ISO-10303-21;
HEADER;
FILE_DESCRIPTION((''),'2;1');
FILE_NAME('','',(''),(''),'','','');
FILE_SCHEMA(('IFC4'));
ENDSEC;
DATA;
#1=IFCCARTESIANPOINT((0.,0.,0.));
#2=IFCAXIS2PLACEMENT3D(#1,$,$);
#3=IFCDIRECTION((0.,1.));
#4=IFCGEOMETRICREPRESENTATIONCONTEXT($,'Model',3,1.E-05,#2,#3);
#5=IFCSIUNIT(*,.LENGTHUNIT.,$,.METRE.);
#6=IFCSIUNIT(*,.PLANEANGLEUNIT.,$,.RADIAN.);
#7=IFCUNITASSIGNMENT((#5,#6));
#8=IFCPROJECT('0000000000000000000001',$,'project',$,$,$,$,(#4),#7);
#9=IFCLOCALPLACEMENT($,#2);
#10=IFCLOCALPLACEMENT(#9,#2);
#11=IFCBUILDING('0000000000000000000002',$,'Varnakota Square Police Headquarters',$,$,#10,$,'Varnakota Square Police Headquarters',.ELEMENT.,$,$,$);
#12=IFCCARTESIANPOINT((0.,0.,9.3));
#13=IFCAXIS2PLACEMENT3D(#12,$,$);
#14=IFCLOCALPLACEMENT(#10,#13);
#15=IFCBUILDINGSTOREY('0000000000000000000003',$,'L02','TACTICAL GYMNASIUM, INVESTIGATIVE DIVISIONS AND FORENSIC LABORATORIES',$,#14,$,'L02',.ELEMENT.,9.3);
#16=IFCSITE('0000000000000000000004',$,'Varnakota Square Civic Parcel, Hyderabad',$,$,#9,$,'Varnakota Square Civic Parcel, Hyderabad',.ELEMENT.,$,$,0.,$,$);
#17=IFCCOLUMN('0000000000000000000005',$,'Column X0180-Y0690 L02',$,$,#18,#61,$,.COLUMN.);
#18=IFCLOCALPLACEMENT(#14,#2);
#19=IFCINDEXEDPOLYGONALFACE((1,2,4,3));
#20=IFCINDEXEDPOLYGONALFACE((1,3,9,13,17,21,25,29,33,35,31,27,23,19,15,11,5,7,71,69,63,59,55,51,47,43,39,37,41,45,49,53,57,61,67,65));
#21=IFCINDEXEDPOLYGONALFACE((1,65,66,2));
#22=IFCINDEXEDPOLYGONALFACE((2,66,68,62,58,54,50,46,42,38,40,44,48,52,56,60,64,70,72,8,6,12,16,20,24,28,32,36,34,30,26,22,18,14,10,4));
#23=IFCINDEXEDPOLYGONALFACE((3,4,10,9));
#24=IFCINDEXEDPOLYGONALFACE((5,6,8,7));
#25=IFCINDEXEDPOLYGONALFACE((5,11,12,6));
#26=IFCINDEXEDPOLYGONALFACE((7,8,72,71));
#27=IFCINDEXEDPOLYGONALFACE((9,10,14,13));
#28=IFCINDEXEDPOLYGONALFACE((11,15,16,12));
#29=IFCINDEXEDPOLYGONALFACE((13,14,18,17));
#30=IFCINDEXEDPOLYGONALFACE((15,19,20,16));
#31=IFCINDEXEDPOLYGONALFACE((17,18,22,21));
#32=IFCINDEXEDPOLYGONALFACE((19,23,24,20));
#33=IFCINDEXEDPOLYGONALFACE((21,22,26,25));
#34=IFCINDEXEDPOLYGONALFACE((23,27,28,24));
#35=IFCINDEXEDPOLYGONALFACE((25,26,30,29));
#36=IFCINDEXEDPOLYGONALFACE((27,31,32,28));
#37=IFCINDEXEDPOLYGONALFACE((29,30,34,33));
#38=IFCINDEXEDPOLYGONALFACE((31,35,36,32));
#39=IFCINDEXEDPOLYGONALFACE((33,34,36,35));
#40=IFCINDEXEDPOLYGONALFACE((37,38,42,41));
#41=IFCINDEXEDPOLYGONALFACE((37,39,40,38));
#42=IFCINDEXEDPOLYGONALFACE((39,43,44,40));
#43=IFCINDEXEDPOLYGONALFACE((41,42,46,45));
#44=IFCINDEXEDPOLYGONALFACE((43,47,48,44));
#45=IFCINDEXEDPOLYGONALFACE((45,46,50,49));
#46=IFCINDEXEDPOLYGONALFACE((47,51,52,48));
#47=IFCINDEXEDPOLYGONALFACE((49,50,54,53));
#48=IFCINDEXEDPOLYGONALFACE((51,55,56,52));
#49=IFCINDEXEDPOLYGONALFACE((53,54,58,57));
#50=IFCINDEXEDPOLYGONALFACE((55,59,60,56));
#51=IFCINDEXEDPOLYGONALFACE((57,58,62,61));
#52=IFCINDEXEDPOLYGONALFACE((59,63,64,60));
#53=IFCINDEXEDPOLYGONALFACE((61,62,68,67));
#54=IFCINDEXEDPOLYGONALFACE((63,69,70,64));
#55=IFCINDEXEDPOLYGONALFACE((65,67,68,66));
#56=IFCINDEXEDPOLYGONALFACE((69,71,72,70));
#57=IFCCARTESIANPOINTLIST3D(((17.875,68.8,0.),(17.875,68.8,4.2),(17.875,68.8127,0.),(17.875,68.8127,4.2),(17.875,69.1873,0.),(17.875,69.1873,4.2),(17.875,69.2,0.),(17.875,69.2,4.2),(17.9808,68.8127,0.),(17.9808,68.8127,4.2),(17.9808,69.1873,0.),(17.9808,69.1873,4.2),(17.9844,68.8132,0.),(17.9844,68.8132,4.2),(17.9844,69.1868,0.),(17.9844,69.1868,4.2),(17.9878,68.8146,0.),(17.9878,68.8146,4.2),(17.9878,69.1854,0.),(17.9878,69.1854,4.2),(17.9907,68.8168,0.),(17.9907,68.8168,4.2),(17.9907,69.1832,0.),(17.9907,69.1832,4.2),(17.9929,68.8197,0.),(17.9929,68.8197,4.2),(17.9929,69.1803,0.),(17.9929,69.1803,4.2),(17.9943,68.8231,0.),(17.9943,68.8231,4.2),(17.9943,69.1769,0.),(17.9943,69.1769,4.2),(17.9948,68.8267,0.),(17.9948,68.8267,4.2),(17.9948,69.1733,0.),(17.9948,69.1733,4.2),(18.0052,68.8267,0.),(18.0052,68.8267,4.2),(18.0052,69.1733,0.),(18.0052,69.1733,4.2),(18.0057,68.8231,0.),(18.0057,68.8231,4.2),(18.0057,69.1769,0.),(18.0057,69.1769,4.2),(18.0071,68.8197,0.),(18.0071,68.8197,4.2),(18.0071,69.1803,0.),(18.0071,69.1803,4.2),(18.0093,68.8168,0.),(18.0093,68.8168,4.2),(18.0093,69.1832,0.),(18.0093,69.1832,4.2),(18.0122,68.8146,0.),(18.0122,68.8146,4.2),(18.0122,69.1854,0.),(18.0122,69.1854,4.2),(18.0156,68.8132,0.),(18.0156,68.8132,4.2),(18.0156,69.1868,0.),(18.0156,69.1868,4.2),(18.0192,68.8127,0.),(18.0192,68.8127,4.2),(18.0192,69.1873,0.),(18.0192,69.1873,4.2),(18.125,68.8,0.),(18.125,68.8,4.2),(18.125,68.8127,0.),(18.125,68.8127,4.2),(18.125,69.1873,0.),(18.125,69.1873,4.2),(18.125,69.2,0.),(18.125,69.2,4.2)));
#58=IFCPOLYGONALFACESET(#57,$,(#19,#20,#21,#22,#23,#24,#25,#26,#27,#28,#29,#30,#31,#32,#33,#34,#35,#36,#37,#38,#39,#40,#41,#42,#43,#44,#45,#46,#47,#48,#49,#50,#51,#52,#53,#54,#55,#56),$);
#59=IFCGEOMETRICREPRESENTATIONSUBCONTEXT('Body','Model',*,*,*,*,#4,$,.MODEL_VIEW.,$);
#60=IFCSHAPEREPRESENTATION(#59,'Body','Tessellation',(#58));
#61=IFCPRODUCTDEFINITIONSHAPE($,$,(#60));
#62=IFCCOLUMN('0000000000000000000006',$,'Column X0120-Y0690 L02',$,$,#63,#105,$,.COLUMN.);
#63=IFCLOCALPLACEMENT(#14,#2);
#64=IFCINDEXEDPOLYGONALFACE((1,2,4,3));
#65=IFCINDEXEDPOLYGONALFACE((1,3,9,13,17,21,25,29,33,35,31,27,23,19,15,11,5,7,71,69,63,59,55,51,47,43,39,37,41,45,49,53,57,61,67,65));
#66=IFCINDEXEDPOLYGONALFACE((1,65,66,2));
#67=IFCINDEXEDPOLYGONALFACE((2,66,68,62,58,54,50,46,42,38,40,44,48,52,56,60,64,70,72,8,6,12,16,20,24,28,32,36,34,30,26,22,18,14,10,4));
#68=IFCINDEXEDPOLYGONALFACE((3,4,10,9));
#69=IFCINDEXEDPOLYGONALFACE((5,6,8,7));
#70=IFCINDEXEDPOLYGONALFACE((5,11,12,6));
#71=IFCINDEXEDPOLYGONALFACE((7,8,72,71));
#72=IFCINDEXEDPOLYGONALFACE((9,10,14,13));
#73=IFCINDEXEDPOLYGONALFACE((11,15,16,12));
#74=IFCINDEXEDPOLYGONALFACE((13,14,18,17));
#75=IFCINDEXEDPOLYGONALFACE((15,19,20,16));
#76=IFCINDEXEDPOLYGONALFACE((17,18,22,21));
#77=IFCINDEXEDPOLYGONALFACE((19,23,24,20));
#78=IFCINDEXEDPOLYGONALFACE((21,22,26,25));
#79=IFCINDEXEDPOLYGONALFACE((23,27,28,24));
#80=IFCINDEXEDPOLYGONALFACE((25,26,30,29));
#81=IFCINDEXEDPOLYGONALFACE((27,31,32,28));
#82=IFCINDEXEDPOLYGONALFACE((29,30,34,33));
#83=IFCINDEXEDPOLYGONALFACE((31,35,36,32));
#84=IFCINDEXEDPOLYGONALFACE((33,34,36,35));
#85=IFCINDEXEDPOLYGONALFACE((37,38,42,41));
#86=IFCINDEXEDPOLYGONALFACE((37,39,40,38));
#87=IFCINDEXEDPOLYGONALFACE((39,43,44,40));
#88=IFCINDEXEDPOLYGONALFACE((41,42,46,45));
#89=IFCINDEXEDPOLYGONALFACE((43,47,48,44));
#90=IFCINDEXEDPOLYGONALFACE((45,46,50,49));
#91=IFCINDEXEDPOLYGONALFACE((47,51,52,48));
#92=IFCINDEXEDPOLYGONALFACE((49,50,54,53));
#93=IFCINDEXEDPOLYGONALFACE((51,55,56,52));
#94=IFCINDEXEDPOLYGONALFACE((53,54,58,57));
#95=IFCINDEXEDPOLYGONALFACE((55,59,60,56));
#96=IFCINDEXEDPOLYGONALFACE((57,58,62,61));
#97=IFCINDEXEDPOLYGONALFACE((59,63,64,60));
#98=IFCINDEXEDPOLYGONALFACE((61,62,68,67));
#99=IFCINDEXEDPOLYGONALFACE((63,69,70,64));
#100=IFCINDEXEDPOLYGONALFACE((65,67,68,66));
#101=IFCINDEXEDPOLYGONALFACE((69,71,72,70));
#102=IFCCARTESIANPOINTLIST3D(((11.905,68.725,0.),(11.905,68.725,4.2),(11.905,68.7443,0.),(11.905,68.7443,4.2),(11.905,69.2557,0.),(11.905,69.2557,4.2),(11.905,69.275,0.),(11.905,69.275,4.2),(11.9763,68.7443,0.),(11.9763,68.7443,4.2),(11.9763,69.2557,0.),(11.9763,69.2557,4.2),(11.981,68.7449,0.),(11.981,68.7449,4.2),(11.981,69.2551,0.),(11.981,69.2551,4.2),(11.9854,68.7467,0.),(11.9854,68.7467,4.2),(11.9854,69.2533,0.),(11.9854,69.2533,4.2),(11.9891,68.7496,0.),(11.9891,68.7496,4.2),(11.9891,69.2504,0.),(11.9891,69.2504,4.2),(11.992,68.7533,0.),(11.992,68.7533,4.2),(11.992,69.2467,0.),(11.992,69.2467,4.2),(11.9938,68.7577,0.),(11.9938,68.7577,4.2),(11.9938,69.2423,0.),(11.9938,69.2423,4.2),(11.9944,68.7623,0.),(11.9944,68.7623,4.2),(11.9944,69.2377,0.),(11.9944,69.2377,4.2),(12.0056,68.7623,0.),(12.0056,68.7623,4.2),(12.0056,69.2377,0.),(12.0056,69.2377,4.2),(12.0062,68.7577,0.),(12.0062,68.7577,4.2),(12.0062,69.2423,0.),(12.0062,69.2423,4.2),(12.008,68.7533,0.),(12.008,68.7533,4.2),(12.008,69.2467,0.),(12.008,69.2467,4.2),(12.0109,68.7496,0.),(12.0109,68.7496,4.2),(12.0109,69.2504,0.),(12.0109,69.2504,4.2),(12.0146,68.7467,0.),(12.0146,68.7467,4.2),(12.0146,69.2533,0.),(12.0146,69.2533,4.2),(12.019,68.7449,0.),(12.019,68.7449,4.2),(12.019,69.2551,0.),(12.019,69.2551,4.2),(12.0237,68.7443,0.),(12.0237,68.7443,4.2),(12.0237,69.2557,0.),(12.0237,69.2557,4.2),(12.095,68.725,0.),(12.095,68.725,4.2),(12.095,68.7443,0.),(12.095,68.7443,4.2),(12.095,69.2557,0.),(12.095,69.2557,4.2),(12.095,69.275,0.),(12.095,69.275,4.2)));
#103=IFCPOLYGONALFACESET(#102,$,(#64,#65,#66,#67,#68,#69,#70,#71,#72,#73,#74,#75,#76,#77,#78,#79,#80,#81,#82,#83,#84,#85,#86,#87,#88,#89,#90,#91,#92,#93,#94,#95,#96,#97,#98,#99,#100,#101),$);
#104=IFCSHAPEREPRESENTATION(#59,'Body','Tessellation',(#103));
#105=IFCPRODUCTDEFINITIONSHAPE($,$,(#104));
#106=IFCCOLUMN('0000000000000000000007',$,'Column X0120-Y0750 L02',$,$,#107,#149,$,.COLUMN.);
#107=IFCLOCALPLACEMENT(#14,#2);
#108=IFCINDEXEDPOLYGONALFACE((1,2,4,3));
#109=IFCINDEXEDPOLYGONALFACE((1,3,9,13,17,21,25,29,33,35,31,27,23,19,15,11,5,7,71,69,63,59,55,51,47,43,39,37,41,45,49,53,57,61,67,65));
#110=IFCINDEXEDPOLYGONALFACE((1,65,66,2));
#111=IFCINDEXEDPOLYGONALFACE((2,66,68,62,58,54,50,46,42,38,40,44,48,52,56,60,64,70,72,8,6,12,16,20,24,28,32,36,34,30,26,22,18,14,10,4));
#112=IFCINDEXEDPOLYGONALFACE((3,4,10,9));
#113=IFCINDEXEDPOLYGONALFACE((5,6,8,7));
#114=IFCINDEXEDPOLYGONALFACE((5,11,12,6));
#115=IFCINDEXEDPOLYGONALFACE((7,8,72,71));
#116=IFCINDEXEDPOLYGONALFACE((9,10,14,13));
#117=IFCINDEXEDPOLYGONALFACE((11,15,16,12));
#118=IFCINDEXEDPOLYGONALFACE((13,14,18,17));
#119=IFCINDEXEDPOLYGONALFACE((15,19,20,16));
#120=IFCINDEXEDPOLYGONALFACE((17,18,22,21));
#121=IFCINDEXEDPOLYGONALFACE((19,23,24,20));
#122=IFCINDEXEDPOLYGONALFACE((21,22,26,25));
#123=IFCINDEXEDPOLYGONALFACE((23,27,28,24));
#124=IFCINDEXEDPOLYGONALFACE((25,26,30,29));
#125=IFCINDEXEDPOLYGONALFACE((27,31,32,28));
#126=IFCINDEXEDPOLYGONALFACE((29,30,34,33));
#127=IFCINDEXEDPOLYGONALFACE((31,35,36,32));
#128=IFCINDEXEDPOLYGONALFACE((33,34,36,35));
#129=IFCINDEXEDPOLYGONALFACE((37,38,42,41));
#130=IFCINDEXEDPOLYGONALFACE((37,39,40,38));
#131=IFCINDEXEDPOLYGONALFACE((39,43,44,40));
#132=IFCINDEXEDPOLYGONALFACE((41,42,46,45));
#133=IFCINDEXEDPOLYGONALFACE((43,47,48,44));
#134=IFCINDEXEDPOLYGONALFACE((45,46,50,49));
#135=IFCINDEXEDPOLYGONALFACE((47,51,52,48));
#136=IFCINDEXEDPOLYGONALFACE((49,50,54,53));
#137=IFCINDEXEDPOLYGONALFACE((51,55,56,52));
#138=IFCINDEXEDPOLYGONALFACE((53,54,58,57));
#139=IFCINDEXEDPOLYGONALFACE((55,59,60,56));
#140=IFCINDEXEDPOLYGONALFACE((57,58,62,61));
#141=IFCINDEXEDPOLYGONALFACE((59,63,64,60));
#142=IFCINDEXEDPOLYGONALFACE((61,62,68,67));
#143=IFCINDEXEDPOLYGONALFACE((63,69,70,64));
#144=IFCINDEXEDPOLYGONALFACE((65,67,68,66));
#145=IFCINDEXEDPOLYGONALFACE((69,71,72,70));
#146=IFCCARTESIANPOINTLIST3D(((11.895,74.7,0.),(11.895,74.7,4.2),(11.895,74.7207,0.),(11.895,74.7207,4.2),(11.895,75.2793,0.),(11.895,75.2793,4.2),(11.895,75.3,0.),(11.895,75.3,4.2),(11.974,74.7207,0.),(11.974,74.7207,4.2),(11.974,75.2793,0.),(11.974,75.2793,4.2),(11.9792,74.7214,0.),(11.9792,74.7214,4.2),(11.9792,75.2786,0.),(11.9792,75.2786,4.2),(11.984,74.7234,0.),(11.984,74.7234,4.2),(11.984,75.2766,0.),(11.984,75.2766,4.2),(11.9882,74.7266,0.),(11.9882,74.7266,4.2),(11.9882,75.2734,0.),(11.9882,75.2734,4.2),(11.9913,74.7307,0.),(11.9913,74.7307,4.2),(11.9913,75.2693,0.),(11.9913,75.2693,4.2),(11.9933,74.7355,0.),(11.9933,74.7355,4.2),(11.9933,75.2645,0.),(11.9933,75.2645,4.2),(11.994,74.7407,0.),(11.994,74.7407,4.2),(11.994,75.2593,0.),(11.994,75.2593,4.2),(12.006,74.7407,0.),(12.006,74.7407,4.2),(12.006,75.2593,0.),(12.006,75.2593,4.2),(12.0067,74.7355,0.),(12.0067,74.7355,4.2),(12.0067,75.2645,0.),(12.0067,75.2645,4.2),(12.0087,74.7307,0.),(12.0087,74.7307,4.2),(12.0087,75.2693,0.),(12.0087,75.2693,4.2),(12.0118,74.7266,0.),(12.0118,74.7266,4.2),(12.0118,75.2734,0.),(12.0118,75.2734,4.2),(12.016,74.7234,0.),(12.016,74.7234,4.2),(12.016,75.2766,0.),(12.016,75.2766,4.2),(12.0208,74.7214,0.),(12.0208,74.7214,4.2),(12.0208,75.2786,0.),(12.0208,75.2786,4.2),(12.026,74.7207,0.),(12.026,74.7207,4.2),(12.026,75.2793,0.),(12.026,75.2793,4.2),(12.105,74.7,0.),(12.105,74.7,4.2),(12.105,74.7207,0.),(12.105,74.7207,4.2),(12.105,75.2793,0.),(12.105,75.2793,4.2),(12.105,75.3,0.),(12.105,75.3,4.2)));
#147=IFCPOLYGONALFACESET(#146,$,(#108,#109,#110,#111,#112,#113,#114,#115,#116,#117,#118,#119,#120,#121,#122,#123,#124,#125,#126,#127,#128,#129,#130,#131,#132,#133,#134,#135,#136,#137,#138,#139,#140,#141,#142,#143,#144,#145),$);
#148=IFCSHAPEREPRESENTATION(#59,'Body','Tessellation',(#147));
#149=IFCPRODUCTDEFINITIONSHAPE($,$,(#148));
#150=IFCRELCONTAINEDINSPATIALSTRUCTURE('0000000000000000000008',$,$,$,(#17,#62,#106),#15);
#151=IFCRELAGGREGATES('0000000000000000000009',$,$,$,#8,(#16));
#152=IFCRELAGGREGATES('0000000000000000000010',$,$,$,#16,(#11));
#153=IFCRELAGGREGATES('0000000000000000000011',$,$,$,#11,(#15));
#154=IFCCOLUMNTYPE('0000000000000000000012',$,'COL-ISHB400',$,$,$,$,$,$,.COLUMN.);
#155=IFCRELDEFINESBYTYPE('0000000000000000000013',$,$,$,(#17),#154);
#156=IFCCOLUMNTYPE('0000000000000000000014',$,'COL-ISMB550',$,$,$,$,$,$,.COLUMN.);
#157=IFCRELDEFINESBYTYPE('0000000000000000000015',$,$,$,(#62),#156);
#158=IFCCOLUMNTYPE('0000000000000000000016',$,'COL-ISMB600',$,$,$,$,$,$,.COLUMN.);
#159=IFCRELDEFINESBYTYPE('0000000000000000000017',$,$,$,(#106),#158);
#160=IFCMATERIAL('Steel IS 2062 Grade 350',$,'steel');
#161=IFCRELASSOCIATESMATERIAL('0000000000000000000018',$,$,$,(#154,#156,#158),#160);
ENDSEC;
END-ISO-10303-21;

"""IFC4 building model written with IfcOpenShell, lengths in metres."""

from ifc_helpers import new_model, si_unit, direction, frame, origin, origin_2d, place, context, subcontext, project, spatial, i_section, extrude, material, material_profile, profile_set, type_object, element, save


model = new_model("IFC4")

# Units and contexts
model_context = context("Model", 3, precision=1e-05, world=origin(), true_north=direction((0.0, 1.0)))
body_context = subcontext(model_context, "Body", "Model", "MODEL_VIEW")
ifc_project = project(units=[si_unit("LENGTHUNIT", "METRE"), si_unit("PLANEANGLEUNIT", "RADIAN")], contexts=[model_context])

# Site, building, storey
site_placement = place(None, origin())
site = spatial("IfcSite", under=ifc_project, at=site_placement, Name="Varnakota Square Civic Parcel, Hyderabad", LongName="Varnakota Square Civic Parcel, Hyderabad", CompositionType="ELEMENT", RefElevation=0.0)
building_placement = place(site_placement, origin())
building = spatial("IfcBuilding", under=site, at=building_placement, Name="Varnakota Square Police Headquarters", LongName="Varnakota Square Police Headquarters", CompositionType="ELEMENT")
storey_placement = place(building_placement, frame((0.0, 0.0, 9.3)))
storey = spatial("IfcBuildingStorey", under=building, at=storey_placement, Name="L02", Description="TACTICAL GYMNASIUM, INVESTIGATIVE DIVISIONS AND FORENSIC LABORATORIES", LongName="L02", CompositionType="ELEMENT", Elevation=9.3)

# Columns
ifc_material_1 = material(Name="Steel IS 2062 Grade 350", Category="steel")
ifc_material_profile_1 = material_profile(ifc_material_1, i_section(OverallWidth=0.25, OverallDepth=0.3999, WebThickness=0.0105, FlangeThickness=0.0127, FilletRadius=0.0139, at=origin_2d()), Name="ISHB 400")
ifc_profile_set_1 = profile_set([ifc_material_profile_1], Name="Steel IS 2062 Grade 350")
column_type_1 = type_object("IfcColumnType", Name="COL-ISHB400", PredefinedType="COLUMN", material=ifc_profile_set_1)
column_1_placement = place(storey_placement, frame((18.0, 69.0, 0.0), z_axis=(0.0, 0.0, 1.0), x_axis=(1.0, 0.0, 0.0)))
element("IfcColumn", 1, at=column_1_placement, inside=storey, type_object=column_type_1, Name="Column X0180-Y0690 L02", PredefinedType="COLUMN", context=body_context, shape_type="SweptSolid", body=[
    extrude(i_section(OverallWidth=0.25, OverallDepth=0.3999, WebThickness=0.0105, FlangeThickness=0.0127, FilletRadius=0.0139, at=origin_2d()), origin(), (0.0, 0.0, 1.0), 4.2),
])
ifc_material_profile_2 = material_profile(ifc_material_1, i_section(OverallWidth=0.1899, OverallDepth=0.55, WebThickness=0.0112, FlangeThickness=0.0193, FilletRadius=0.0181, at=origin_2d()), Name="ISMB 550")
ifc_profile_set_2 = profile_set([ifc_material_profile_2], Name="Steel IS 2062 Grade 350")
column_type_2 = type_object("IfcColumnType", Name="COL-ISMB550", PredefinedType="COLUMN", material=ifc_profile_set_2)
column_2_placement = place(storey_placement, frame((12.0, 69.0, 0.0), z_axis=(0.0, 0.0, 1.0), x_axis=(1.0, 0.0, 0.0)))
element("IfcColumn", 2, at=column_2_placement, inside=storey, type_object=column_type_2, Name="Column X0120-Y0690 L02", PredefinedType="COLUMN", context=body_context, shape_type="SweptSolid", body=[
    extrude(i_section(OverallWidth=0.1899, OverallDepth=0.55, WebThickness=0.0112, FlangeThickness=0.0193, FilletRadius=0.0181, at=origin_2d()), origin(), (0.0, 0.0, 1.0), 4.2),
])
ifc_material_profile_3 = material_profile(ifc_material_1, i_section(OverallWidth=0.21, OverallDepth=0.6001, WebThickness=0.012, FlangeThickness=0.0208, FilletRadius=0.02, at=origin_2d()), Name="ISMB 600")
ifc_profile_set_3 = profile_set([ifc_material_profile_3], Name="Steel IS 2062 Grade 350")
column_type_3 = type_object("IfcColumnType", Name="COL-ISMB600", PredefinedType="COLUMN", material=ifc_profile_set_3)
column_3_placement = place(storey_placement, frame((12.0, 75.0, 0.0), z_axis=(0.0, 0.0, 1.0), x_axis=(1.0, 0.0, 0.0)))
element("IfcColumn", 3, at=column_3_placement, inside=storey, type_object=column_type_3, Name="Column X0120-Y0750 L02", PredefinedType="COLUMN", context=body_context, shape_type="SweptSolid", body=[
    extrude(i_section(OverallWidth=0.21, OverallDepth=0.6001, WebThickness=0.012, FlangeThickness=0.0208, FilletRadius=0.02, at=origin_2d()), origin(), (0.0, 0.0, 1.0), 4.2),
])

save(model, "model.ifc")
